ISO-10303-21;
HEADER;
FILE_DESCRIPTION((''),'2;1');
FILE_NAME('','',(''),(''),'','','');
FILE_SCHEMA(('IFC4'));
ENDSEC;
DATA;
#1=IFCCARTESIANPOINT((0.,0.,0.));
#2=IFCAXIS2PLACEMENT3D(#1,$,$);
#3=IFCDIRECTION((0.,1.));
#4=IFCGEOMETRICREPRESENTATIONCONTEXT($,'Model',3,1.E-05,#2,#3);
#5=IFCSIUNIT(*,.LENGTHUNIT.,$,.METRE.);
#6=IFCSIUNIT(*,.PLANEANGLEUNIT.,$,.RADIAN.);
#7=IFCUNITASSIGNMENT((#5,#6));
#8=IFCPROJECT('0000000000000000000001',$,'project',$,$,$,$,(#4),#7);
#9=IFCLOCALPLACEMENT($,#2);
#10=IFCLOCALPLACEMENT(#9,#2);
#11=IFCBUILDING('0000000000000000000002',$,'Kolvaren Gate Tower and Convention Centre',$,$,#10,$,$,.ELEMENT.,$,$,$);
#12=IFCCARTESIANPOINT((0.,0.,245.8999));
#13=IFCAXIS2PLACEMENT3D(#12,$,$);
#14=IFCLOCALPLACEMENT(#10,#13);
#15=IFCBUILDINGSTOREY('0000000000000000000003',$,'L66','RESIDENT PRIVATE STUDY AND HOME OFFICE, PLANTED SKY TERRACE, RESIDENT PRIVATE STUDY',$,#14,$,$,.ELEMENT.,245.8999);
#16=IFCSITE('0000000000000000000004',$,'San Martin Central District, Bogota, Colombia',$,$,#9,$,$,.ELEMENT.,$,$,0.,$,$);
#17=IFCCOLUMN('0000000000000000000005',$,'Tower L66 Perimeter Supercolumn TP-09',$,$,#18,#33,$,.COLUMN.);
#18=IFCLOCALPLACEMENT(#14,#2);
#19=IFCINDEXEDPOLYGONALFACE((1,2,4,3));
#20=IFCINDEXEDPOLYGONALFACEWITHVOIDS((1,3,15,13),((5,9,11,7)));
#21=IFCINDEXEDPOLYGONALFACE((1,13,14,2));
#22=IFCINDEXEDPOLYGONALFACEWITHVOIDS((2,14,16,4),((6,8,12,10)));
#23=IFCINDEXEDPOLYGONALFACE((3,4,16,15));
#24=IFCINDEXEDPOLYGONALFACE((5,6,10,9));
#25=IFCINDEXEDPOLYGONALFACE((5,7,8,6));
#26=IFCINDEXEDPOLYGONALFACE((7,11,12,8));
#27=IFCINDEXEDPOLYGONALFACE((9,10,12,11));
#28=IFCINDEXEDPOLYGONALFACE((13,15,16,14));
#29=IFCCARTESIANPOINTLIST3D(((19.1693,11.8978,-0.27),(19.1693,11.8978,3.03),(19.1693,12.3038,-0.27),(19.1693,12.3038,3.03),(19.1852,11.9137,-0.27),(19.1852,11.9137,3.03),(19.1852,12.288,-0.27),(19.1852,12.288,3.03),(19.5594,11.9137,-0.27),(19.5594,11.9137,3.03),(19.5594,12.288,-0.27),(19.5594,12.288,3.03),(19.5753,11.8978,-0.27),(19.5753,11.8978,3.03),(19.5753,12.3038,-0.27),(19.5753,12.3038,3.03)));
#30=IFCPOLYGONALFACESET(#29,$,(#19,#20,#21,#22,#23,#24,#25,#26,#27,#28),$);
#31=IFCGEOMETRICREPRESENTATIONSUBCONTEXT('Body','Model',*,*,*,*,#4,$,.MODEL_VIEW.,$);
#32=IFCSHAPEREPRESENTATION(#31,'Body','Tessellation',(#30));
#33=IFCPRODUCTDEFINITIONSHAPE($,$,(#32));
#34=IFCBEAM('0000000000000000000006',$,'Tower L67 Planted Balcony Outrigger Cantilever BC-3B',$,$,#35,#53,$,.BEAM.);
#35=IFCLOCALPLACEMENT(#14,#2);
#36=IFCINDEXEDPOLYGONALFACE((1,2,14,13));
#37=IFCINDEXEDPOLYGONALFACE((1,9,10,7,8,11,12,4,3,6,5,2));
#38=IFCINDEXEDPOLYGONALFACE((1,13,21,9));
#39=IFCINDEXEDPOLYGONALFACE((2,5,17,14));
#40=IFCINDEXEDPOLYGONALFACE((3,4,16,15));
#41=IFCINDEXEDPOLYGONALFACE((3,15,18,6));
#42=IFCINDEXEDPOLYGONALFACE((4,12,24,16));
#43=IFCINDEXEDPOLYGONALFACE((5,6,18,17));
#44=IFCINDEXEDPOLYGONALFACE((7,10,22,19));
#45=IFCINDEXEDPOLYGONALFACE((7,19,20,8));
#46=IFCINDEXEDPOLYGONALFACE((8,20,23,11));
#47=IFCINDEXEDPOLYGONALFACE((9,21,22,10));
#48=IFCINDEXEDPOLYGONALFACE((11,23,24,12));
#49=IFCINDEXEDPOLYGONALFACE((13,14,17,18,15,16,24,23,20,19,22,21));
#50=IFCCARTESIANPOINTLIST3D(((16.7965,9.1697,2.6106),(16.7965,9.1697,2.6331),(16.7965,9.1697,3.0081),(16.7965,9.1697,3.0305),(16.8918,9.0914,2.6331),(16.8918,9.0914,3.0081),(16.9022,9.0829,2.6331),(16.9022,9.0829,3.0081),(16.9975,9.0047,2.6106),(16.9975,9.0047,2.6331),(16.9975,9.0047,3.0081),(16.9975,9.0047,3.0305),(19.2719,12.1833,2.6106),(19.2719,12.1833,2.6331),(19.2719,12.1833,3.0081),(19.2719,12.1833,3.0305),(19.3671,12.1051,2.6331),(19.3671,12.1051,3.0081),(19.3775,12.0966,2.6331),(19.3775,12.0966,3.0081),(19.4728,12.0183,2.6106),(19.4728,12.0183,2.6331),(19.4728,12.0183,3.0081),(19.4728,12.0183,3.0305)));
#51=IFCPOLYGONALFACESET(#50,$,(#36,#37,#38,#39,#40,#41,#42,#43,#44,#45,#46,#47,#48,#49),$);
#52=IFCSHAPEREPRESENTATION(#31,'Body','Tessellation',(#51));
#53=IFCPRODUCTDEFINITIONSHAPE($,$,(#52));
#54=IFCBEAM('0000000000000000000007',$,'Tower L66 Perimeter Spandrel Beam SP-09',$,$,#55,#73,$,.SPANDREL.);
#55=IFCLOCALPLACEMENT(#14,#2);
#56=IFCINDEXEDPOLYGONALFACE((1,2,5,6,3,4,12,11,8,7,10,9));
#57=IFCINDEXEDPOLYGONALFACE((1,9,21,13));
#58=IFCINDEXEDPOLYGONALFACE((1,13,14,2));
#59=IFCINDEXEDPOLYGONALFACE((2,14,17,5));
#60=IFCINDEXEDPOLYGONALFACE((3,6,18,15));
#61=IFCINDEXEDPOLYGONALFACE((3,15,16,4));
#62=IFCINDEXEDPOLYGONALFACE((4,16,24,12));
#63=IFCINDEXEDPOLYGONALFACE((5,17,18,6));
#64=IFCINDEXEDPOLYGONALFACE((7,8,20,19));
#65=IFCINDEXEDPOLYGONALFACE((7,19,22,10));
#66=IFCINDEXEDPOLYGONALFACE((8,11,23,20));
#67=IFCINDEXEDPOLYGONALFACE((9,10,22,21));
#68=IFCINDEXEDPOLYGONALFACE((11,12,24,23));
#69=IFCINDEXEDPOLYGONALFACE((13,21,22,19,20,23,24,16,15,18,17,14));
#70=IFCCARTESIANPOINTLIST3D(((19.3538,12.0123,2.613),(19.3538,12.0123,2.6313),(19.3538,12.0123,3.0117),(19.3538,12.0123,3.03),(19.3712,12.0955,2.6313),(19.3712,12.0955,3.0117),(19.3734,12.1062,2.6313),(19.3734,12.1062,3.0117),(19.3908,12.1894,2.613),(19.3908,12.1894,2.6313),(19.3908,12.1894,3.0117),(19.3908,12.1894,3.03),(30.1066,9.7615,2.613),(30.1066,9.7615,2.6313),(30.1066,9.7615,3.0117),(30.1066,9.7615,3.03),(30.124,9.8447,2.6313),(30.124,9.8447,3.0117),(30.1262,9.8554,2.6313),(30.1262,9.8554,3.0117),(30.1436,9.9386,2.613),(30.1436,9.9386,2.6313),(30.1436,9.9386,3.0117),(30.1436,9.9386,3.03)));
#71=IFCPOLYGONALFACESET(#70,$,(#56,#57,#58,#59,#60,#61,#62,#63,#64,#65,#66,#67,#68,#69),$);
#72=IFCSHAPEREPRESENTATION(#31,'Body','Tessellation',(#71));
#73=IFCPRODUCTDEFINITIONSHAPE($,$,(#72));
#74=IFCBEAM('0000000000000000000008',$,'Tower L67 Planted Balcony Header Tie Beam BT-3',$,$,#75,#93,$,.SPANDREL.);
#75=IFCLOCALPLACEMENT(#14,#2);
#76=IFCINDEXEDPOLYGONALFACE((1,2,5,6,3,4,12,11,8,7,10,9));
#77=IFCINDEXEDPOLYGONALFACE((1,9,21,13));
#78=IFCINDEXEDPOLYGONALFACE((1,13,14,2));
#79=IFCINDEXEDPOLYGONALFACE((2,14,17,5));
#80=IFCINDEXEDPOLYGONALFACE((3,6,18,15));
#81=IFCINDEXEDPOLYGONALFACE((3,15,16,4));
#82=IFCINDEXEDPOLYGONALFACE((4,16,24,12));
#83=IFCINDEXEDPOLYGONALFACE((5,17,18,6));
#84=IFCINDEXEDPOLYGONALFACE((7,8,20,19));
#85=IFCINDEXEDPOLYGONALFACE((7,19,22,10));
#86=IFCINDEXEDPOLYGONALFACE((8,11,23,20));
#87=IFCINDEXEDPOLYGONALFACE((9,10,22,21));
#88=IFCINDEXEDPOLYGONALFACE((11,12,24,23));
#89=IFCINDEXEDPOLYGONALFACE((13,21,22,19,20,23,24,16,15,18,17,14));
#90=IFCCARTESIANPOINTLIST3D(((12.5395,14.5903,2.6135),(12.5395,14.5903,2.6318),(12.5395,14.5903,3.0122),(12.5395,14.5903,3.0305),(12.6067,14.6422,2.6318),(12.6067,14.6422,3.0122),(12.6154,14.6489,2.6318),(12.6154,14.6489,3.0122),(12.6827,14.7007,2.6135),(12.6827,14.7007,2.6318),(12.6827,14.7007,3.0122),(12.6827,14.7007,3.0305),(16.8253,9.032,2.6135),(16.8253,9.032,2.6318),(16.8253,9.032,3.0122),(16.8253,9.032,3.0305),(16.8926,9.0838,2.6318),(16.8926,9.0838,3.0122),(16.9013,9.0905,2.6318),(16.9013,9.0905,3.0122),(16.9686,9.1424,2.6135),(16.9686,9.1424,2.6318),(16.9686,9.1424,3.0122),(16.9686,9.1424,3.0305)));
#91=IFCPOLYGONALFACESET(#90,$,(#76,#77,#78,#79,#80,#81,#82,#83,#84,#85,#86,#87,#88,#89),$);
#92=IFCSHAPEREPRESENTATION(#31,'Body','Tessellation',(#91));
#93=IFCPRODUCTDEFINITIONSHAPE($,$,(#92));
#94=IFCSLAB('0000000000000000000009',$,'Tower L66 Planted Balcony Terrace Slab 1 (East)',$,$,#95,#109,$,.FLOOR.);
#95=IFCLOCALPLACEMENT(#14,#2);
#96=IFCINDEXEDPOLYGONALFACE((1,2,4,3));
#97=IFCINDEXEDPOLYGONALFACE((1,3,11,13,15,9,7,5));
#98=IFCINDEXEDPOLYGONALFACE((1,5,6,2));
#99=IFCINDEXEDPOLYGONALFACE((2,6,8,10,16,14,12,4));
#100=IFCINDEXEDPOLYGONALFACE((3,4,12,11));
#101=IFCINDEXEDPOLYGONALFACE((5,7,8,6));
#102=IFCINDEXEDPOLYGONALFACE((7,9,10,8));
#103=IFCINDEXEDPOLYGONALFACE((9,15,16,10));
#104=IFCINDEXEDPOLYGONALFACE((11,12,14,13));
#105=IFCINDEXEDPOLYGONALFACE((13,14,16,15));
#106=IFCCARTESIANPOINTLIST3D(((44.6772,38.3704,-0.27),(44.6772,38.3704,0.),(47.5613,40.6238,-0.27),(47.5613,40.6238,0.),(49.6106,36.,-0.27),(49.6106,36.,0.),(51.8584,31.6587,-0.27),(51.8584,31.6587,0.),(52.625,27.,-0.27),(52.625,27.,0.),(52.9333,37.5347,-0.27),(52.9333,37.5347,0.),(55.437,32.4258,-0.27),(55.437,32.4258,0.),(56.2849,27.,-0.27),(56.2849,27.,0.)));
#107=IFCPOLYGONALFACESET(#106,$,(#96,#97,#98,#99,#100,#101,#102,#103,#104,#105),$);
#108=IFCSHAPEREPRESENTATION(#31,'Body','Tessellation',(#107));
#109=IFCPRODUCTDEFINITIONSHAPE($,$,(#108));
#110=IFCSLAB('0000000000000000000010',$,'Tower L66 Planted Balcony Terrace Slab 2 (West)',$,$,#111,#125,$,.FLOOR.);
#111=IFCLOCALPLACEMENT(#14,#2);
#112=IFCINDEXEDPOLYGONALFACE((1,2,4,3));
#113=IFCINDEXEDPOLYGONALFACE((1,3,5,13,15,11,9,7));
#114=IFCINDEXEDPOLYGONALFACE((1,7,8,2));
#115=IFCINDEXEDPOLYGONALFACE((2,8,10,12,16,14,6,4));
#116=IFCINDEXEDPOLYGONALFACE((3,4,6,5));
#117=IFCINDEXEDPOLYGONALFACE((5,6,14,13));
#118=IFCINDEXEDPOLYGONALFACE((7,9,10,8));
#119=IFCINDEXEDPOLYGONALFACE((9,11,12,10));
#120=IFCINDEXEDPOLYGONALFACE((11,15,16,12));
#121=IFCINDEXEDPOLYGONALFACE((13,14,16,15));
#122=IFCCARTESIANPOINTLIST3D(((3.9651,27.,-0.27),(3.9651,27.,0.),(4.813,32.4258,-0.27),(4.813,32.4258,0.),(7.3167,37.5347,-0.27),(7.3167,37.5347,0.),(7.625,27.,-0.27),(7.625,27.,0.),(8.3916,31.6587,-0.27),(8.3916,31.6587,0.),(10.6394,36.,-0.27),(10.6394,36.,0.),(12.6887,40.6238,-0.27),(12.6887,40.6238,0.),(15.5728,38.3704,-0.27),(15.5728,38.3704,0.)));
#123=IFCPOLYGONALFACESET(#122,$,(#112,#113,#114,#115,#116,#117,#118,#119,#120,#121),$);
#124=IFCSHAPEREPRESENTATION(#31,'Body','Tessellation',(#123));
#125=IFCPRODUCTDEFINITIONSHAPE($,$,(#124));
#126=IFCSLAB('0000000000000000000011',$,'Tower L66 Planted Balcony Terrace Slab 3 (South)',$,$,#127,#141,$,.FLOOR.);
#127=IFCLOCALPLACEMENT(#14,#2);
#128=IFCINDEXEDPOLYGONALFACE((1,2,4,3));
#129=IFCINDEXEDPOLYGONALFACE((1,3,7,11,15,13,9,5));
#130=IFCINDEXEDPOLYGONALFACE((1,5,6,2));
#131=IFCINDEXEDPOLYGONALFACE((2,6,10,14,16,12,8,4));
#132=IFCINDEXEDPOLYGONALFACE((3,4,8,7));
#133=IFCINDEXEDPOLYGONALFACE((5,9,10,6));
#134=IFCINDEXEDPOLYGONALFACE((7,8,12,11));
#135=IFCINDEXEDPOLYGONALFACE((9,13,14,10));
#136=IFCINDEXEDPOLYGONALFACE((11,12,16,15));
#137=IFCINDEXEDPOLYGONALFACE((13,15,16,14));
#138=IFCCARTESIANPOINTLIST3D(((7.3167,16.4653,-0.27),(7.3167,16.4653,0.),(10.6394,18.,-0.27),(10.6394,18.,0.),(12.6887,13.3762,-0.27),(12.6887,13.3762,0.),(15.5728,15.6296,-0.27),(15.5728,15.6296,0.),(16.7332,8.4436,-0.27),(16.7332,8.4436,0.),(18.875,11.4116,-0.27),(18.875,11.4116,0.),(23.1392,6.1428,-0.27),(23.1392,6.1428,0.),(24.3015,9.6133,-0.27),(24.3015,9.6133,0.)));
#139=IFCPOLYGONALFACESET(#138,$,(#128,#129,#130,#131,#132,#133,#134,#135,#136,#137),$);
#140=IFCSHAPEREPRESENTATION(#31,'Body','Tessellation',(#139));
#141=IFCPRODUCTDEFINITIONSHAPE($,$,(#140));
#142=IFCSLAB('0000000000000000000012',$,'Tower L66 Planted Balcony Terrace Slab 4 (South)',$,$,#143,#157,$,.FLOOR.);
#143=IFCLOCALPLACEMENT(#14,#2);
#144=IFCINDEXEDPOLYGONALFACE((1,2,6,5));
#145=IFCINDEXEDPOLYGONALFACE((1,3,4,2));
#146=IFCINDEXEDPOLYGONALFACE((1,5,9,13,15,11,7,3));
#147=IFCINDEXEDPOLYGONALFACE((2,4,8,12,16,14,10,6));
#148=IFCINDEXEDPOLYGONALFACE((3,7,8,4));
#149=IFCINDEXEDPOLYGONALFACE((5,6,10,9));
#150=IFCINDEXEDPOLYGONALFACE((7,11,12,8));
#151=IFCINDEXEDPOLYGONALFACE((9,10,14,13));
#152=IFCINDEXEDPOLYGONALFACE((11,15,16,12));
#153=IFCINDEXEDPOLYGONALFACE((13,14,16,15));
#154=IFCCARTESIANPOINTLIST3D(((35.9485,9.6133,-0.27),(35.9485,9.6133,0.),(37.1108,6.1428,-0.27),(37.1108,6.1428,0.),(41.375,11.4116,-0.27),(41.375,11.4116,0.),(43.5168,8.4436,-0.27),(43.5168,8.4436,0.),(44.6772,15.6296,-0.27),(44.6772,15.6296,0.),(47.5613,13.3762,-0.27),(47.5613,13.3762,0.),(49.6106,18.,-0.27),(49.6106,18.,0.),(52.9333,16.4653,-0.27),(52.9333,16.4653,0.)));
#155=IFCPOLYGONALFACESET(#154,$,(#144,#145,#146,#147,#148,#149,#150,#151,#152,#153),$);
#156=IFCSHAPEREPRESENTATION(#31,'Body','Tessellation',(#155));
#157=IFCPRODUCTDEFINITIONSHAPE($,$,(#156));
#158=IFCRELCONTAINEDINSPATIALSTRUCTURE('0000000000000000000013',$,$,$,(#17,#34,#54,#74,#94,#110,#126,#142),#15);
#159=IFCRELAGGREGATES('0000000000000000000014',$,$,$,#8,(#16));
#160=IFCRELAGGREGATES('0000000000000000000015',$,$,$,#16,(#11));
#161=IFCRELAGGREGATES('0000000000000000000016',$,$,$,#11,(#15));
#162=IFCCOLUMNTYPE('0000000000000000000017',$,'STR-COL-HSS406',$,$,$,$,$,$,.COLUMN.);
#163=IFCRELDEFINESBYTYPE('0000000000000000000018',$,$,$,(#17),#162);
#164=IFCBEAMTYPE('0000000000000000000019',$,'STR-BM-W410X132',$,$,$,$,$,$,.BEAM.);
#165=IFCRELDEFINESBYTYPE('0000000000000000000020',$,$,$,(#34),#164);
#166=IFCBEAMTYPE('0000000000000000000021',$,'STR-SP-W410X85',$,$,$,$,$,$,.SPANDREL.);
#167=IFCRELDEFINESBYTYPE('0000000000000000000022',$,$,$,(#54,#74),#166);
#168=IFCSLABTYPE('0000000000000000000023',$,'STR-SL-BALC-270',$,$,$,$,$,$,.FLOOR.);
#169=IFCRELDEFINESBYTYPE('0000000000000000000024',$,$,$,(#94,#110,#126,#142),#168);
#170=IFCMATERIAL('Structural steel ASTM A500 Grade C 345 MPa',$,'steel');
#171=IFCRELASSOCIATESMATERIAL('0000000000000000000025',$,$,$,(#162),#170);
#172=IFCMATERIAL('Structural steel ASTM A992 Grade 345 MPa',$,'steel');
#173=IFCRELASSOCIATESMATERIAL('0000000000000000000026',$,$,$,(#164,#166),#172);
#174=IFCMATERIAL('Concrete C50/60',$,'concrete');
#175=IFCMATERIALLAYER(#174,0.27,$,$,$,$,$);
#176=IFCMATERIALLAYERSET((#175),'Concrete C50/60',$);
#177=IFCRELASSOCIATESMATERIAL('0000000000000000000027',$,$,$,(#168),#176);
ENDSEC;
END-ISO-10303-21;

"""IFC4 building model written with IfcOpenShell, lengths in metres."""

from ifc_helpers import new_model, si_unit, direction, frame, origin, origin_2d, place, context, subcontext, project, spatial, polyline, hollow_rectangle, i_section, outline, extrude, material, layer, layer_set, material_profile, profile_set, type_object, element, save


model = new_model("IFC4")

# Units and contexts
model_context = context("Model", 3, precision=1e-05, world=origin(), true_north=direction((0.0, 1.0)))
body_context = subcontext(model_context, "Body", "Model", "MODEL_VIEW")
ifc_project = project(units=[si_unit("LENGTHUNIT", "METRE"), si_unit("PLANEANGLEUNIT", "RADIAN")], contexts=[model_context])

# Site, building, storey
site_placement = place(None, origin())
site = spatial("IfcSite", under=ifc_project, at=site_placement, Name="San Martin Central District, Bogota, Colombia", CompositionType="ELEMENT", RefElevation=0.0)
building_placement = place(site_placement, origin())
building = spatial("IfcBuilding", under=site, at=building_placement, Name="Kolvaren Gate Tower and Convention Centre", CompositionType="ELEMENT")
storey_placement = place(building_placement, frame((0.0, 0.0, 245.8999)))
storey = spatial("IfcBuildingStorey", under=building, at=storey_placement, Name="L66", Description="RESIDENT PRIVATE STUDY AND HOME OFFICE, PLANTED SKY TERRACE, RESIDENT PRIVATE STUDY", CompositionType="ELEMENT", Elevation=245.8999)

# Column
ifc_material_1 = material(Name="Structural steel ASTM A500 Grade C 345 MPa", Category="steel")
ifc_material_profile_1 = material_profile(ifc_material_1, hollow_rectangle(XDim=0.406, YDim=0.406, WallThickness=0.0159, at=origin_2d()), Name="HSS406X406X15.9")
ifc_profile_set_1 = profile_set([ifc_material_profile_1], Name="Structural steel ASTM A500 Grade C 345 MPa")
column_type = type_object("IfcColumnType", Name="STR-COL-HSS406", PredefinedType="COLUMN", material=ifc_profile_set_1)
column_placement = place(storey_placement, frame((19.3723, 12.1008, -0.27), z_axis=(0.0, 0.0, 1.0), x_axis=(1.0, 0.0, 0.0)))
element("IfcColumn", 1, at=column_placement, inside=storey, type_object=column_type, Name="Tower L66 Perimeter Supercolumn TP-09", PredefinedType="COLUMN", context=body_context, shape_type="SweptSolid", body=[
    extrude(hollow_rectangle(XDim=0.406, YDim=0.406, WallThickness=0.0159, at=origin_2d()), origin(), (0.0, 0.0, 1.0), 3.3),
])

# Beams
ifc_material_2 = material(Name="Structural steel ASTM A992 Grade 345 MPa", Category="steel")
ifc_material_profile_2 = material_profile(ifc_material_2, i_section(OverallWidth=0.26, OverallDepth=0.4199, WebThickness=0.0134, FlangeThickness=0.0225, at=origin_2d()), Name="W410X132")
ifc_profile_set_2 = profile_set([ifc_material_profile_2], Name="Structural steel ASTM A992 Grade 345 MPa")
beam_type_1 = type_object("IfcBeamType", Name="STR-BM-W410X132", PredefinedType="BEAM", material=ifc_profile_set_2)
beam_1_placement = place(storey_placement, frame((19.3723, 12.1008, 2.8206), z_axis=(-0.634713, -0.772748, 0.0), x_axis=(0.772748, -0.634713, 0.0)))
element("IfcBeam", 2, at=beam_1_placement, inside=storey, type_object=beam_type_1, Name="Tower L67 Planted Balcony Outrigger Cantilever BC-3B", PredefinedType="BEAM", context=body_context, shape_type="SweptSolid", body=[
    extrude(i_section(OverallWidth=0.26, OverallDepth=0.4199, WebThickness=0.0134, FlangeThickness=0.0225, at=origin_2d()), origin(), (0.0, 0.0, 1.0), 3.8999),
])
ifc_material_profile_3 = material_profile(ifc_material_2, i_section(OverallWidth=0.1809, OverallDepth=0.417, WebThickness=0.011, FlangeThickness=0.0183, at=origin_2d()), Name="W410X85")
ifc_profile_set_3 = profile_set([ifc_material_profile_3], Name="Structural steel ASTM A992 Grade 345 MPa")
beam_type_2 = type_object("IfcBeamType", Name="STR-SP-W410X85", PredefinedType="SPANDREL", material=ifc_profile_set_3)
beam_2_placement = place(storey_placement, frame((19.3723, 12.1008, 2.8215), z_axis=(0.978788, -0.204878, 0.0), x_axis=(0.204878, 0.978788, 0.0)))
element("IfcBeam", 3, at=beam_2_placement, inside=storey, type_object=beam_type_2, Name="Tower L66 Perimeter Spandrel Beam SP-09", PredefinedType="SPANDREL", context=body_context, shape_type="SweptSolid", body=[
    extrude(i_section(OverallWidth=0.1809, OverallDepth=0.417, WebThickness=0.011, FlangeThickness=0.0183, at=origin_2d()), origin(), (0.0, 0.0, 1.0), 10.9858),
])
beam_3_placement = place(storey_placement, frame((12.6111, 14.6455, 2.822), z_axis=(0.610626, -0.791919, 0.0), x_axis=(0.791919, 0.610626, 0.0)))
element("IfcBeam", 4, at=beam_3_placement, inside=storey, type_object=beam_type_2, Name="Tower L67 Planted Balcony Header Tie Beam BT-3", PredefinedType="SPANDREL", context=body_context, shape_type="SweptSolid", body=[
    extrude(i_section(OverallWidth=0.1809, OverallDepth=0.417, WebThickness=0.011, FlangeThickness=0.0183, at=origin_2d()), origin(), (0.0, 0.0, 1.0), 7.0188),
])

# Slabs
ifc_material_3 = material(Name="Concrete C50/60", Category="concrete")
ifc_layer_1 = layer(ifc_material_3, 0.27)
ifc_layer_set_1 = layer_set([ifc_layer_1], Name="Concrete C50/60")
slab_type_1 = type_object("IfcSlabType", Name="STR-SL-BALC-270", PredefinedType="FLOOR", material=ifc_layer_set_1)
slab_1_placement = place(storey_placement, frame((0.0, 0.0, -0.27)))
element("IfcSlab", 5, at=slab_1_placement, inside=storey, type_object=slab_type_1, Name="Tower L66 Planted Balcony Terrace Slab 1 (East)", PredefinedType="FLOOR", context=body_context, shape_type="SweptSolid", body=[
    extrude(outline(polyline([(52.625, 27.0), (51.8584, 31.6587), (49.6106, 36.0), (44.6772, 38.3704), (47.5613, 40.6238), (52.9333, 37.5347), (55.437, 32.4258), (56.2849, 27.0), (52.625, 27.0)])), origin(), (0.0, 0.0, 1.0), 0.27),
])
slab_2_placement = place(storey_placement, frame((0.0, 0.0, -0.27)))
element("IfcSlab", 6, at=slab_2_placement, inside=storey, type_object=slab_type_1, Name="Tower L66 Planted Balcony Terrace Slab 2 (West)", PredefinedType="FLOOR", context=body_context, shape_type="SweptSolid", body=[
    extrude(outline(polyline([(15.5728, 38.3704), (10.6394, 36.0), (8.3916, 31.6587), (7.625, 27.0), (3.9651, 27.0), (4.813, 32.4258), (7.3167, 37.5347), (12.6887, 40.6238), (15.5728, 38.3704)])), origin(), (0.0, 0.0, 1.0), 0.27),
])
slab_3_placement = place(storey_placement, frame((0.0, 0.0, -0.27)))
element("IfcSlab", 7, at=slab_3_placement, inside=storey, type_object=slab_type_1, Name="Tower L66 Planted Balcony Terrace Slab 3 (South)", PredefinedType="FLOOR", context=body_context, shape_type="SweptSolid", body=[
    extrude(outline(polyline([(10.6394, 18.0), (15.5728, 15.6296), (18.875, 11.4116), (24.3015, 9.6133), (23.1392, 6.1428), (16.7332, 8.4436), (12.6887, 13.3762), (7.3167, 16.4653), (10.6394, 18.0)])), origin(), (0.0, 0.0, 1.0), 0.27),
])
slab_4_placement = place(storey_placement, frame((0.0, 0.0, -0.27)))
element("IfcSlab", 8, at=slab_4_placement, inside=storey, type_object=slab_type_1, Name="Tower L66 Planted Balcony Terrace Slab 4 (South)", PredefinedType="FLOOR", context=body_context, shape_type="SweptSolid", body=[
    extrude(outline(polyline([(35.9485, 9.6133), (41.375, 11.4116), (44.6772, 15.6296), (49.6106, 18.0), (52.9333, 16.4653), (47.5613, 13.3762), (43.5168, 8.4436), (37.1108, 6.1428), (35.9485, 9.6133)])), origin(), (0.0, 0.0, 1.0), 0.27),
])

save(model, "model.ifc")
